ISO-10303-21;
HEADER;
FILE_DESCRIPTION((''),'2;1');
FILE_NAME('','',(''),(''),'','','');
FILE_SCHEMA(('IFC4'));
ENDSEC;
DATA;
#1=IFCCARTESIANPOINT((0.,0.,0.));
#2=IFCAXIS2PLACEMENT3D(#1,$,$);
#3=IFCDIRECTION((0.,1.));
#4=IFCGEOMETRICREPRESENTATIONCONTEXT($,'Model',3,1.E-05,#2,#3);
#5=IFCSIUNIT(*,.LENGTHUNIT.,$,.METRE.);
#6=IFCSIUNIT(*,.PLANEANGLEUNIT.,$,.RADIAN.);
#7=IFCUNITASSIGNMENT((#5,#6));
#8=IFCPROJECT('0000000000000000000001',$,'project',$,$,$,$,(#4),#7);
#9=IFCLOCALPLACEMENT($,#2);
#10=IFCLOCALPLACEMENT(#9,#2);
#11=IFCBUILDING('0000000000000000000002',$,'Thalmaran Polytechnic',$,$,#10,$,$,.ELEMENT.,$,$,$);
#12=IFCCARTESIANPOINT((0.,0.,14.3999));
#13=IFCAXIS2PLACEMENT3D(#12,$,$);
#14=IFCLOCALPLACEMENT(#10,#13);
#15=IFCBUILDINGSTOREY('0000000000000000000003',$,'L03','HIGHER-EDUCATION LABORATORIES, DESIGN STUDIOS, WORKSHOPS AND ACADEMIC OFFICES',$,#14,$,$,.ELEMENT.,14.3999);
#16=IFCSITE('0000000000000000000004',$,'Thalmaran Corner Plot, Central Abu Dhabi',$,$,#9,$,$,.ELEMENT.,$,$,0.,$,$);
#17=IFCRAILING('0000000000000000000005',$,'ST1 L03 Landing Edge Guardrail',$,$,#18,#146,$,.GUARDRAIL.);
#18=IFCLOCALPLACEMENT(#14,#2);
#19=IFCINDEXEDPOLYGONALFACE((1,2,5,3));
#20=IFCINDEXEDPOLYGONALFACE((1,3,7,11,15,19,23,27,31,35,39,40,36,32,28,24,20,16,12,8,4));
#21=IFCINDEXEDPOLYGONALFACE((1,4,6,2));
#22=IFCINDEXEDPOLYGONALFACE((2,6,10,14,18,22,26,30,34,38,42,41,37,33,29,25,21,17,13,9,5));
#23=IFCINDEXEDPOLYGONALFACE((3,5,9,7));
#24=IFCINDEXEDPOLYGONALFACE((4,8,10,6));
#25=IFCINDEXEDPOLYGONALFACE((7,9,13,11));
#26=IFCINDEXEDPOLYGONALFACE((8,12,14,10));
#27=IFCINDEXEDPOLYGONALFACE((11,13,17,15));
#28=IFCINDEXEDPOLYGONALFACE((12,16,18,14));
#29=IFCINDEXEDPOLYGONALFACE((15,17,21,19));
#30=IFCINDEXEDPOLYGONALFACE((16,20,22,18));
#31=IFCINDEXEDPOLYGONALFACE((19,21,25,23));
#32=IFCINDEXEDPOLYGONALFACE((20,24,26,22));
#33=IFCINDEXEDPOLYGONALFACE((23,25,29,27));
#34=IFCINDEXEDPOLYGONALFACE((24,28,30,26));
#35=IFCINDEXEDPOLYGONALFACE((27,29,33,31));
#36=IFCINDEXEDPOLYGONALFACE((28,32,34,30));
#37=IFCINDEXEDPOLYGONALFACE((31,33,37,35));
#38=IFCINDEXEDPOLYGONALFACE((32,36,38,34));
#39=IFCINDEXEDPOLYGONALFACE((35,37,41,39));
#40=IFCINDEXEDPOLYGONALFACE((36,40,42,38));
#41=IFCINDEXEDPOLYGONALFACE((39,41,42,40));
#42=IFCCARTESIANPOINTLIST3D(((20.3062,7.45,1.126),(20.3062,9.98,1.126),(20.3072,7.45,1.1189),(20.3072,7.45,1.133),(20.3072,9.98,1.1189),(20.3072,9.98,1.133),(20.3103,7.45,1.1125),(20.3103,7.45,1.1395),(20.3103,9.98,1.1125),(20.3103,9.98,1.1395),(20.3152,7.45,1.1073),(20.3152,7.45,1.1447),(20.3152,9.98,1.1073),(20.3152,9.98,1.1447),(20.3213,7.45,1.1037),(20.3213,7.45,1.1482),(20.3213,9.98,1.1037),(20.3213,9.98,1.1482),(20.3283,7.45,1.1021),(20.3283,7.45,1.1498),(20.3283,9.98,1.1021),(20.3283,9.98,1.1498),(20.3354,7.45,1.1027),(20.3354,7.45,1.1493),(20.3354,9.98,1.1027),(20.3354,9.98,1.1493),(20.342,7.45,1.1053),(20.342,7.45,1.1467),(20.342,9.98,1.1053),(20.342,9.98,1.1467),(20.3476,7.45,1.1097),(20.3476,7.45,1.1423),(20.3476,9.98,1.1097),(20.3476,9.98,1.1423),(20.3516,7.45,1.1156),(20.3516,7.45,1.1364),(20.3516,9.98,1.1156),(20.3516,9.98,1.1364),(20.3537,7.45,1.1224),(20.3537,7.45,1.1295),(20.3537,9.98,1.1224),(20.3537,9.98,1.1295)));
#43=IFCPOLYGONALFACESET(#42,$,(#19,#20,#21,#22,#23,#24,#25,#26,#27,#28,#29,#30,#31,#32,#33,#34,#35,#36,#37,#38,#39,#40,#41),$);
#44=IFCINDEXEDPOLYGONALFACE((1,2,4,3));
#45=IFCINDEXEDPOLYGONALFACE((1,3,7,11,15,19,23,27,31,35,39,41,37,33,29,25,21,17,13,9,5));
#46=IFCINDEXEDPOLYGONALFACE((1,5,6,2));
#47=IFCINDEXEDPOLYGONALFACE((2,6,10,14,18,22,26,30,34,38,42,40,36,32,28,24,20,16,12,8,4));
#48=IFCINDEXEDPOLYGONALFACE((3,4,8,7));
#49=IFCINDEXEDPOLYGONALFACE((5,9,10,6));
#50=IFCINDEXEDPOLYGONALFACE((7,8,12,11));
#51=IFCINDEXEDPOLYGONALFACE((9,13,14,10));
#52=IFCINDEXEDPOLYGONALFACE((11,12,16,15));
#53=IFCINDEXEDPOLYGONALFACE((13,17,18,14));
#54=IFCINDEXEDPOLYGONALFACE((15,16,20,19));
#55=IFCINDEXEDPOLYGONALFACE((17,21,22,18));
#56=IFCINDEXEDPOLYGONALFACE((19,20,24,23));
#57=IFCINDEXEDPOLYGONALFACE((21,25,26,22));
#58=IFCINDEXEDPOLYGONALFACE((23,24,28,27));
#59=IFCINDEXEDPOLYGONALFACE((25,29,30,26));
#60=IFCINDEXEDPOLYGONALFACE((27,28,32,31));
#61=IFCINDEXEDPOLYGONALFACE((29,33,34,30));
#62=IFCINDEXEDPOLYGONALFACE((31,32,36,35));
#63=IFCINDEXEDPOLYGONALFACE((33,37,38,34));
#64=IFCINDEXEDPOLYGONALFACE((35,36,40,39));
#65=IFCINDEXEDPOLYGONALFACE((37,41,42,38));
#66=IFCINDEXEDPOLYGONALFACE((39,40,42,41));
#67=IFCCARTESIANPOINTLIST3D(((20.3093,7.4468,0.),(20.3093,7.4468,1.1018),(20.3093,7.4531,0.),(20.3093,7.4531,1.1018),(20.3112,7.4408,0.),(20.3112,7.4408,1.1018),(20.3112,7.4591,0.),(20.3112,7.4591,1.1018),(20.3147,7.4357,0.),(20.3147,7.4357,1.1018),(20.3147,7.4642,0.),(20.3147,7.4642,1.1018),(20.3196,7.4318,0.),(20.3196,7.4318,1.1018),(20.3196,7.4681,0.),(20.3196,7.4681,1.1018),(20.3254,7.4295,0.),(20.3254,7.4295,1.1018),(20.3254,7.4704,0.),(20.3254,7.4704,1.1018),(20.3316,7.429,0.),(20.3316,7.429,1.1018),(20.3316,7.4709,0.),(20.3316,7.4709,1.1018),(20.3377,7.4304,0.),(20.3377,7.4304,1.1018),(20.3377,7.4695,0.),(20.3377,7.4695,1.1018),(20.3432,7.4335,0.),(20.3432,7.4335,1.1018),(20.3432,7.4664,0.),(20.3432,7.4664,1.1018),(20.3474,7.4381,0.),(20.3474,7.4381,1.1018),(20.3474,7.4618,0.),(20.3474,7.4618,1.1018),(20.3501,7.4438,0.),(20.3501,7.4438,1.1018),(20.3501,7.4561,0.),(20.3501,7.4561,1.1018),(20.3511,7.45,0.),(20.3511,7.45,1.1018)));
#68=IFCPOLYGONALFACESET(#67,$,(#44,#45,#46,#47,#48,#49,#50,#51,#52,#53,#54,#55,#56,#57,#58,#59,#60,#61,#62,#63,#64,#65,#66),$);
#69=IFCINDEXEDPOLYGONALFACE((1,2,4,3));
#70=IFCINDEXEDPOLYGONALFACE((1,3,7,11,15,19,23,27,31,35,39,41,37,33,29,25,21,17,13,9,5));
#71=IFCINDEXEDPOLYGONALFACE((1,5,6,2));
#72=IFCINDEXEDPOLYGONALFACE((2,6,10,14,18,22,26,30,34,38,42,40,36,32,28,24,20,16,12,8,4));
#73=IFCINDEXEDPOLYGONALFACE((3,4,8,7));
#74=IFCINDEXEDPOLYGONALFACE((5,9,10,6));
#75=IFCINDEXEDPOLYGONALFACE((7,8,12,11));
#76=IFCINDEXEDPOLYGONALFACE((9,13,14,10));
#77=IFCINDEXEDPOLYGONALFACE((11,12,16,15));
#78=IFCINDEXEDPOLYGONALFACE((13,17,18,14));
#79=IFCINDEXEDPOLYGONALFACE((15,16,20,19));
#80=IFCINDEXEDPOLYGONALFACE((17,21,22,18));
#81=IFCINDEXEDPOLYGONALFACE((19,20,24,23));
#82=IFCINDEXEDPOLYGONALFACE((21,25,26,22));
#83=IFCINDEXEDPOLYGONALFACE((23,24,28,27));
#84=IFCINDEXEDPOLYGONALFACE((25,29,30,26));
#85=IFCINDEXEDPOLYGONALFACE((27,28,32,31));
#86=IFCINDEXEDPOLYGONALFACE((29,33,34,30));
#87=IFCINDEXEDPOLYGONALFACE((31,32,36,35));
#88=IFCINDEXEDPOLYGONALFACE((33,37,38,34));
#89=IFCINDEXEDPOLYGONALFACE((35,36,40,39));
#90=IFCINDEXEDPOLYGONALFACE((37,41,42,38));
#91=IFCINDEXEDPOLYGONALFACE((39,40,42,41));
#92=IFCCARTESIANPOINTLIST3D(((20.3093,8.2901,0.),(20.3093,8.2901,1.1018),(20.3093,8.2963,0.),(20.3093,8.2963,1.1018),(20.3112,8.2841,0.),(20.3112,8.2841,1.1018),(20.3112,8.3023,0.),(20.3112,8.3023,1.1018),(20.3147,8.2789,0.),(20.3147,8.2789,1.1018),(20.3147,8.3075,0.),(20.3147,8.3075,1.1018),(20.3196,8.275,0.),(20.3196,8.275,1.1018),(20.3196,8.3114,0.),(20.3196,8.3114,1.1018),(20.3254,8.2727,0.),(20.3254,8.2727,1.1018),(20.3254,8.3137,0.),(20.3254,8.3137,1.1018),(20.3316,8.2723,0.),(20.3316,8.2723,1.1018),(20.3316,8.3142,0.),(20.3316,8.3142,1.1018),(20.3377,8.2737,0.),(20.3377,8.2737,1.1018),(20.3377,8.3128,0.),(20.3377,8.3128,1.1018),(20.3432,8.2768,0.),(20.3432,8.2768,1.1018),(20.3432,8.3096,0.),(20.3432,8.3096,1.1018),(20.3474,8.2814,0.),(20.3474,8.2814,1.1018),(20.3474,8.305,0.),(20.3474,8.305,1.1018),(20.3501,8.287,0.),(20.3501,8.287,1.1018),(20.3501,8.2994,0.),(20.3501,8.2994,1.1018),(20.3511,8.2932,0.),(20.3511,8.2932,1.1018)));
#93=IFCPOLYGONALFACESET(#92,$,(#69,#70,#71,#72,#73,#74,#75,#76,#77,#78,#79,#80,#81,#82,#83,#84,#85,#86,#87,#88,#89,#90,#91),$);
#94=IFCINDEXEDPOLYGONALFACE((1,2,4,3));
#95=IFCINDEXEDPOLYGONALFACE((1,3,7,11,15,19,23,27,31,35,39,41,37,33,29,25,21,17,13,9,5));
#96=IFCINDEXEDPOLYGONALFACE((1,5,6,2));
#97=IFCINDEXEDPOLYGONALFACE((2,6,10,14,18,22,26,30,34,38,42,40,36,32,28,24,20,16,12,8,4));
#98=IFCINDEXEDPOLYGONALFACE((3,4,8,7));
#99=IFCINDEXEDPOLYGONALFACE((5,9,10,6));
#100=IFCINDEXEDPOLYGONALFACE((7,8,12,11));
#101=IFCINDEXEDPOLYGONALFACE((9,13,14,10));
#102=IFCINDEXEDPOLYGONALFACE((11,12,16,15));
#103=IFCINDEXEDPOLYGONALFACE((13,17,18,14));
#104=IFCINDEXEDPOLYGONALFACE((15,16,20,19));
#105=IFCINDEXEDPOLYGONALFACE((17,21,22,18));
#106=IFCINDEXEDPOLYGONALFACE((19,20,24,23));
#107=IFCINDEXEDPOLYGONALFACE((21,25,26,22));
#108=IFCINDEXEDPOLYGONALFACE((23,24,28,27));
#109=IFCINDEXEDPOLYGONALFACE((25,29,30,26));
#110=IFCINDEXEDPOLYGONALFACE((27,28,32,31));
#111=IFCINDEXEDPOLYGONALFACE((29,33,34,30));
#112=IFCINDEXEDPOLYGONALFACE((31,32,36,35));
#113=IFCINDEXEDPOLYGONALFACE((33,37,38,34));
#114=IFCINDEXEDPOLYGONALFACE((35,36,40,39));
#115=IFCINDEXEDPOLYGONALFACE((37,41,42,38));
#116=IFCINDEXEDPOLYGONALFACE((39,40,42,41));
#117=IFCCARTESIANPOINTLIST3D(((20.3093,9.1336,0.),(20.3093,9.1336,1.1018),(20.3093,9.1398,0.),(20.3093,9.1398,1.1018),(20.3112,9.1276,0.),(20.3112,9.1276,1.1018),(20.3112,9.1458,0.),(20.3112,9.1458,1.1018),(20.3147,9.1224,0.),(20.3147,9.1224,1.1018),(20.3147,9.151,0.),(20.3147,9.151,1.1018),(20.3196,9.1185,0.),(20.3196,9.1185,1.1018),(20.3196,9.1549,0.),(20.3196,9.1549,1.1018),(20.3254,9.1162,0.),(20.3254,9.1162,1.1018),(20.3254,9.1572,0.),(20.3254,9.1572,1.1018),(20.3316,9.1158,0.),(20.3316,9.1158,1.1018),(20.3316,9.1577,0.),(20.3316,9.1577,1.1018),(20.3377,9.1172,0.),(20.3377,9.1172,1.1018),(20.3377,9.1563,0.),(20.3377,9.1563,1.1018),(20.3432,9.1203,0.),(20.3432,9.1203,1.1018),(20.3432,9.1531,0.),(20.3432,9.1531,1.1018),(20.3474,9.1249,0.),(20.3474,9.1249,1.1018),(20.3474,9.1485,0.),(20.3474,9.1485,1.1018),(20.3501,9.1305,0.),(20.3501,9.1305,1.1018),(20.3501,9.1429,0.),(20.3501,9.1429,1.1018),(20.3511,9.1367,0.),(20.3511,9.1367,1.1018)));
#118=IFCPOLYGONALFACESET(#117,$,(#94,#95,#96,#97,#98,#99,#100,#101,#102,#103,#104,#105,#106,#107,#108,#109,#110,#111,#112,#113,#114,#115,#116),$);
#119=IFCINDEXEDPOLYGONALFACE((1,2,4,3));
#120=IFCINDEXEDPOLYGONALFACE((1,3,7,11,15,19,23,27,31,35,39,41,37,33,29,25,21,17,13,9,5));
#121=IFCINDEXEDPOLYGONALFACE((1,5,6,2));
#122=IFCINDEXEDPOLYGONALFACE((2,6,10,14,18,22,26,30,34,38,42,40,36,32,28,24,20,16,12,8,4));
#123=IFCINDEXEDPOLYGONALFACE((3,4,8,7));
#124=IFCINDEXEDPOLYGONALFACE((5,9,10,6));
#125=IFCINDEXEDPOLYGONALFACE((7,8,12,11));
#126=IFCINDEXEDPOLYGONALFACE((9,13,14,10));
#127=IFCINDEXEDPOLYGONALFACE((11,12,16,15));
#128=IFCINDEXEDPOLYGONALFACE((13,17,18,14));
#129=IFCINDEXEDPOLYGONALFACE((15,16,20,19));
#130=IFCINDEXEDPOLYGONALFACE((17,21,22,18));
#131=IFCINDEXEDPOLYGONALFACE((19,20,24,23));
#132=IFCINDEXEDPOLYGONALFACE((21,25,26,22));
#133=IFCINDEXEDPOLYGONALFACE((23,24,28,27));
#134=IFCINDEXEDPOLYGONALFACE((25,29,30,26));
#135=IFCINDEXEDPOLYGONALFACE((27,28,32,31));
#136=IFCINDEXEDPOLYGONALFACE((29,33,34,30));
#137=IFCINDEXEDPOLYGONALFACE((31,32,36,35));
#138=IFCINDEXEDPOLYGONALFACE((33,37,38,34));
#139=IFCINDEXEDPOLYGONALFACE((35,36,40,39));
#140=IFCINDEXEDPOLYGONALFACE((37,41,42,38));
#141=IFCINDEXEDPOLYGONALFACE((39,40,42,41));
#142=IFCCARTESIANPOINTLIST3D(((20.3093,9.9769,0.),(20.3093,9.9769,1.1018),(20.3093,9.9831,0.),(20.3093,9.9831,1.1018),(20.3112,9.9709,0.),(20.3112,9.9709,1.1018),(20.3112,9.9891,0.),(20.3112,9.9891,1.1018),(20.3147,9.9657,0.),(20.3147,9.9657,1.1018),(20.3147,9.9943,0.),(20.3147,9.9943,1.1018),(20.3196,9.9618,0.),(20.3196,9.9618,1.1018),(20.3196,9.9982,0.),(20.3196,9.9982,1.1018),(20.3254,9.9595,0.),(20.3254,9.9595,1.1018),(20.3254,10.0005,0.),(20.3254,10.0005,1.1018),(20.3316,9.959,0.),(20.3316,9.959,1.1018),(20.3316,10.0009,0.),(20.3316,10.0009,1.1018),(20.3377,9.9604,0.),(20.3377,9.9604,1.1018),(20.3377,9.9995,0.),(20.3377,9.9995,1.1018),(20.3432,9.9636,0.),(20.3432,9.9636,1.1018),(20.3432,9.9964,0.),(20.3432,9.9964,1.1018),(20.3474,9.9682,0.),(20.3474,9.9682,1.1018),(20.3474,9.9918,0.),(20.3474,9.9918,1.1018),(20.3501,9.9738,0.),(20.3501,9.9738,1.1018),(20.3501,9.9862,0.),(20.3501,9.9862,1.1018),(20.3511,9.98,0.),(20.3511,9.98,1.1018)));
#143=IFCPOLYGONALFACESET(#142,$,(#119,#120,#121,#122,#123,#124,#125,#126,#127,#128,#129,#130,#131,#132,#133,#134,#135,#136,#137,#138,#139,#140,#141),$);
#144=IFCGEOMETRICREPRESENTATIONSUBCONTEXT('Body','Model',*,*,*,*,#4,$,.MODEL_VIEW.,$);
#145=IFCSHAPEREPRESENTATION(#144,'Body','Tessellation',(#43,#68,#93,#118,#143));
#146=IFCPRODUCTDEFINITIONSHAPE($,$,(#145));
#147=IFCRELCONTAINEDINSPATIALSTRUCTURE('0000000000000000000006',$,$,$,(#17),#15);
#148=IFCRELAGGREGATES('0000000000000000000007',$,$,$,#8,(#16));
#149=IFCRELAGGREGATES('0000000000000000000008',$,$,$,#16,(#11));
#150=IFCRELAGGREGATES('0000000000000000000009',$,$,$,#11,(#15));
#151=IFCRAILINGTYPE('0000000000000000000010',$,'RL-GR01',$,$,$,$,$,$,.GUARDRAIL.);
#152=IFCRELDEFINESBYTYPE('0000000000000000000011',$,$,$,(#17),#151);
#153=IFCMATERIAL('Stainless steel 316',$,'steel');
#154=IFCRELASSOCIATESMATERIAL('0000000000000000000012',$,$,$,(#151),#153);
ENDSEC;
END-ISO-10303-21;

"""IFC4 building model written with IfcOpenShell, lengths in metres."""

from ifc_helpers import new_model, si_unit, direction, frame, origin, origin_2d, place, context, subcontext, project, spatial, circle, extrude, material, type_object, element, save


model = new_model("IFC4")

# Units and contexts
model_context = context("Model", 3, precision=1e-05, world=origin(), true_north=direction((0.0, 1.0)))
body_context = subcontext(model_context, "Body", "Model", "MODEL_VIEW")
ifc_project = project(units=[si_unit("LENGTHUNIT", "METRE"), si_unit("PLANEANGLEUNIT", "RADIAN")], contexts=[model_context])

# Site, building, storey
site_placement = place(None, origin())
site = spatial("IfcSite", under=ifc_project, at=site_placement, Name="Thalmaran Corner Plot, Central Abu Dhabi", CompositionType="ELEMENT", RefElevation=0.0)
building_placement = place(site_placement, origin())
building = spatial("IfcBuilding", under=site, at=building_placement, Name="Thalmaran Polytechnic", CompositionType="ELEMENT")
storey_placement = place(building_placement, frame((0.0, 0.0, 14.3999)))
storey = spatial("IfcBuildingStorey", under=building, at=storey_placement, Name="L03", Description="HIGHER-EDUCATION LABORATORIES, DESIGN STUDIOS, WORKSHOPS AND ACADEMIC OFFICES", CompositionType="ELEMENT", Elevation=14.3999)

# Railing
ifc_material_1 = material(Name="Stainless steel 316", Category="steel")
railing_type_1 = type_object("IfcRailingType", Name="RL-GR01", PredefinedType="GUARDRAIL", material=ifc_material_1)
railing_1_placement = place(storey_placement, frame((20.3301, 7.45, 0.0)))
element("IfcRailing", 1, at=railing_1_placement, inside=storey, type_object=railing_type_1, Name="ST1 L03 Landing Edge Guardrail", PredefinedType="GUARDRAIL", context=body_context, shape_type="SweptSolid", body=[
    extrude(circle(Radius=0.0239, at=origin_2d()), frame((0.0, 0.0, 1.126), z_axis=(0.0, 1.0, 0.0), x_axis=(-1.0, 0.0, 0.0)), (0.0, 0.0, 1.0), 2.53),
    extrude(circle(Radius=0.021, at=origin_2d()), origin(), (0.0, 0.0, 1.0), 1.1018),
    extrude(circle(Radius=0.021, at=origin_2d()), frame((0.0, 0.8433, 0.0)), (0.0, 0.0, 1.0), 1.1018),
    extrude(circle(Radius=0.021, at=origin_2d()), frame((0.0, 1.6868, 0.0)), (0.0, 0.0, 1.0), 1.1018),
    extrude(circle(Radius=0.021, at=origin_2d()), frame((0.0, 2.53, 0.0)), (0.0, 0.0, 1.0), 1.1018),
])

save(model, "model.ifc")
